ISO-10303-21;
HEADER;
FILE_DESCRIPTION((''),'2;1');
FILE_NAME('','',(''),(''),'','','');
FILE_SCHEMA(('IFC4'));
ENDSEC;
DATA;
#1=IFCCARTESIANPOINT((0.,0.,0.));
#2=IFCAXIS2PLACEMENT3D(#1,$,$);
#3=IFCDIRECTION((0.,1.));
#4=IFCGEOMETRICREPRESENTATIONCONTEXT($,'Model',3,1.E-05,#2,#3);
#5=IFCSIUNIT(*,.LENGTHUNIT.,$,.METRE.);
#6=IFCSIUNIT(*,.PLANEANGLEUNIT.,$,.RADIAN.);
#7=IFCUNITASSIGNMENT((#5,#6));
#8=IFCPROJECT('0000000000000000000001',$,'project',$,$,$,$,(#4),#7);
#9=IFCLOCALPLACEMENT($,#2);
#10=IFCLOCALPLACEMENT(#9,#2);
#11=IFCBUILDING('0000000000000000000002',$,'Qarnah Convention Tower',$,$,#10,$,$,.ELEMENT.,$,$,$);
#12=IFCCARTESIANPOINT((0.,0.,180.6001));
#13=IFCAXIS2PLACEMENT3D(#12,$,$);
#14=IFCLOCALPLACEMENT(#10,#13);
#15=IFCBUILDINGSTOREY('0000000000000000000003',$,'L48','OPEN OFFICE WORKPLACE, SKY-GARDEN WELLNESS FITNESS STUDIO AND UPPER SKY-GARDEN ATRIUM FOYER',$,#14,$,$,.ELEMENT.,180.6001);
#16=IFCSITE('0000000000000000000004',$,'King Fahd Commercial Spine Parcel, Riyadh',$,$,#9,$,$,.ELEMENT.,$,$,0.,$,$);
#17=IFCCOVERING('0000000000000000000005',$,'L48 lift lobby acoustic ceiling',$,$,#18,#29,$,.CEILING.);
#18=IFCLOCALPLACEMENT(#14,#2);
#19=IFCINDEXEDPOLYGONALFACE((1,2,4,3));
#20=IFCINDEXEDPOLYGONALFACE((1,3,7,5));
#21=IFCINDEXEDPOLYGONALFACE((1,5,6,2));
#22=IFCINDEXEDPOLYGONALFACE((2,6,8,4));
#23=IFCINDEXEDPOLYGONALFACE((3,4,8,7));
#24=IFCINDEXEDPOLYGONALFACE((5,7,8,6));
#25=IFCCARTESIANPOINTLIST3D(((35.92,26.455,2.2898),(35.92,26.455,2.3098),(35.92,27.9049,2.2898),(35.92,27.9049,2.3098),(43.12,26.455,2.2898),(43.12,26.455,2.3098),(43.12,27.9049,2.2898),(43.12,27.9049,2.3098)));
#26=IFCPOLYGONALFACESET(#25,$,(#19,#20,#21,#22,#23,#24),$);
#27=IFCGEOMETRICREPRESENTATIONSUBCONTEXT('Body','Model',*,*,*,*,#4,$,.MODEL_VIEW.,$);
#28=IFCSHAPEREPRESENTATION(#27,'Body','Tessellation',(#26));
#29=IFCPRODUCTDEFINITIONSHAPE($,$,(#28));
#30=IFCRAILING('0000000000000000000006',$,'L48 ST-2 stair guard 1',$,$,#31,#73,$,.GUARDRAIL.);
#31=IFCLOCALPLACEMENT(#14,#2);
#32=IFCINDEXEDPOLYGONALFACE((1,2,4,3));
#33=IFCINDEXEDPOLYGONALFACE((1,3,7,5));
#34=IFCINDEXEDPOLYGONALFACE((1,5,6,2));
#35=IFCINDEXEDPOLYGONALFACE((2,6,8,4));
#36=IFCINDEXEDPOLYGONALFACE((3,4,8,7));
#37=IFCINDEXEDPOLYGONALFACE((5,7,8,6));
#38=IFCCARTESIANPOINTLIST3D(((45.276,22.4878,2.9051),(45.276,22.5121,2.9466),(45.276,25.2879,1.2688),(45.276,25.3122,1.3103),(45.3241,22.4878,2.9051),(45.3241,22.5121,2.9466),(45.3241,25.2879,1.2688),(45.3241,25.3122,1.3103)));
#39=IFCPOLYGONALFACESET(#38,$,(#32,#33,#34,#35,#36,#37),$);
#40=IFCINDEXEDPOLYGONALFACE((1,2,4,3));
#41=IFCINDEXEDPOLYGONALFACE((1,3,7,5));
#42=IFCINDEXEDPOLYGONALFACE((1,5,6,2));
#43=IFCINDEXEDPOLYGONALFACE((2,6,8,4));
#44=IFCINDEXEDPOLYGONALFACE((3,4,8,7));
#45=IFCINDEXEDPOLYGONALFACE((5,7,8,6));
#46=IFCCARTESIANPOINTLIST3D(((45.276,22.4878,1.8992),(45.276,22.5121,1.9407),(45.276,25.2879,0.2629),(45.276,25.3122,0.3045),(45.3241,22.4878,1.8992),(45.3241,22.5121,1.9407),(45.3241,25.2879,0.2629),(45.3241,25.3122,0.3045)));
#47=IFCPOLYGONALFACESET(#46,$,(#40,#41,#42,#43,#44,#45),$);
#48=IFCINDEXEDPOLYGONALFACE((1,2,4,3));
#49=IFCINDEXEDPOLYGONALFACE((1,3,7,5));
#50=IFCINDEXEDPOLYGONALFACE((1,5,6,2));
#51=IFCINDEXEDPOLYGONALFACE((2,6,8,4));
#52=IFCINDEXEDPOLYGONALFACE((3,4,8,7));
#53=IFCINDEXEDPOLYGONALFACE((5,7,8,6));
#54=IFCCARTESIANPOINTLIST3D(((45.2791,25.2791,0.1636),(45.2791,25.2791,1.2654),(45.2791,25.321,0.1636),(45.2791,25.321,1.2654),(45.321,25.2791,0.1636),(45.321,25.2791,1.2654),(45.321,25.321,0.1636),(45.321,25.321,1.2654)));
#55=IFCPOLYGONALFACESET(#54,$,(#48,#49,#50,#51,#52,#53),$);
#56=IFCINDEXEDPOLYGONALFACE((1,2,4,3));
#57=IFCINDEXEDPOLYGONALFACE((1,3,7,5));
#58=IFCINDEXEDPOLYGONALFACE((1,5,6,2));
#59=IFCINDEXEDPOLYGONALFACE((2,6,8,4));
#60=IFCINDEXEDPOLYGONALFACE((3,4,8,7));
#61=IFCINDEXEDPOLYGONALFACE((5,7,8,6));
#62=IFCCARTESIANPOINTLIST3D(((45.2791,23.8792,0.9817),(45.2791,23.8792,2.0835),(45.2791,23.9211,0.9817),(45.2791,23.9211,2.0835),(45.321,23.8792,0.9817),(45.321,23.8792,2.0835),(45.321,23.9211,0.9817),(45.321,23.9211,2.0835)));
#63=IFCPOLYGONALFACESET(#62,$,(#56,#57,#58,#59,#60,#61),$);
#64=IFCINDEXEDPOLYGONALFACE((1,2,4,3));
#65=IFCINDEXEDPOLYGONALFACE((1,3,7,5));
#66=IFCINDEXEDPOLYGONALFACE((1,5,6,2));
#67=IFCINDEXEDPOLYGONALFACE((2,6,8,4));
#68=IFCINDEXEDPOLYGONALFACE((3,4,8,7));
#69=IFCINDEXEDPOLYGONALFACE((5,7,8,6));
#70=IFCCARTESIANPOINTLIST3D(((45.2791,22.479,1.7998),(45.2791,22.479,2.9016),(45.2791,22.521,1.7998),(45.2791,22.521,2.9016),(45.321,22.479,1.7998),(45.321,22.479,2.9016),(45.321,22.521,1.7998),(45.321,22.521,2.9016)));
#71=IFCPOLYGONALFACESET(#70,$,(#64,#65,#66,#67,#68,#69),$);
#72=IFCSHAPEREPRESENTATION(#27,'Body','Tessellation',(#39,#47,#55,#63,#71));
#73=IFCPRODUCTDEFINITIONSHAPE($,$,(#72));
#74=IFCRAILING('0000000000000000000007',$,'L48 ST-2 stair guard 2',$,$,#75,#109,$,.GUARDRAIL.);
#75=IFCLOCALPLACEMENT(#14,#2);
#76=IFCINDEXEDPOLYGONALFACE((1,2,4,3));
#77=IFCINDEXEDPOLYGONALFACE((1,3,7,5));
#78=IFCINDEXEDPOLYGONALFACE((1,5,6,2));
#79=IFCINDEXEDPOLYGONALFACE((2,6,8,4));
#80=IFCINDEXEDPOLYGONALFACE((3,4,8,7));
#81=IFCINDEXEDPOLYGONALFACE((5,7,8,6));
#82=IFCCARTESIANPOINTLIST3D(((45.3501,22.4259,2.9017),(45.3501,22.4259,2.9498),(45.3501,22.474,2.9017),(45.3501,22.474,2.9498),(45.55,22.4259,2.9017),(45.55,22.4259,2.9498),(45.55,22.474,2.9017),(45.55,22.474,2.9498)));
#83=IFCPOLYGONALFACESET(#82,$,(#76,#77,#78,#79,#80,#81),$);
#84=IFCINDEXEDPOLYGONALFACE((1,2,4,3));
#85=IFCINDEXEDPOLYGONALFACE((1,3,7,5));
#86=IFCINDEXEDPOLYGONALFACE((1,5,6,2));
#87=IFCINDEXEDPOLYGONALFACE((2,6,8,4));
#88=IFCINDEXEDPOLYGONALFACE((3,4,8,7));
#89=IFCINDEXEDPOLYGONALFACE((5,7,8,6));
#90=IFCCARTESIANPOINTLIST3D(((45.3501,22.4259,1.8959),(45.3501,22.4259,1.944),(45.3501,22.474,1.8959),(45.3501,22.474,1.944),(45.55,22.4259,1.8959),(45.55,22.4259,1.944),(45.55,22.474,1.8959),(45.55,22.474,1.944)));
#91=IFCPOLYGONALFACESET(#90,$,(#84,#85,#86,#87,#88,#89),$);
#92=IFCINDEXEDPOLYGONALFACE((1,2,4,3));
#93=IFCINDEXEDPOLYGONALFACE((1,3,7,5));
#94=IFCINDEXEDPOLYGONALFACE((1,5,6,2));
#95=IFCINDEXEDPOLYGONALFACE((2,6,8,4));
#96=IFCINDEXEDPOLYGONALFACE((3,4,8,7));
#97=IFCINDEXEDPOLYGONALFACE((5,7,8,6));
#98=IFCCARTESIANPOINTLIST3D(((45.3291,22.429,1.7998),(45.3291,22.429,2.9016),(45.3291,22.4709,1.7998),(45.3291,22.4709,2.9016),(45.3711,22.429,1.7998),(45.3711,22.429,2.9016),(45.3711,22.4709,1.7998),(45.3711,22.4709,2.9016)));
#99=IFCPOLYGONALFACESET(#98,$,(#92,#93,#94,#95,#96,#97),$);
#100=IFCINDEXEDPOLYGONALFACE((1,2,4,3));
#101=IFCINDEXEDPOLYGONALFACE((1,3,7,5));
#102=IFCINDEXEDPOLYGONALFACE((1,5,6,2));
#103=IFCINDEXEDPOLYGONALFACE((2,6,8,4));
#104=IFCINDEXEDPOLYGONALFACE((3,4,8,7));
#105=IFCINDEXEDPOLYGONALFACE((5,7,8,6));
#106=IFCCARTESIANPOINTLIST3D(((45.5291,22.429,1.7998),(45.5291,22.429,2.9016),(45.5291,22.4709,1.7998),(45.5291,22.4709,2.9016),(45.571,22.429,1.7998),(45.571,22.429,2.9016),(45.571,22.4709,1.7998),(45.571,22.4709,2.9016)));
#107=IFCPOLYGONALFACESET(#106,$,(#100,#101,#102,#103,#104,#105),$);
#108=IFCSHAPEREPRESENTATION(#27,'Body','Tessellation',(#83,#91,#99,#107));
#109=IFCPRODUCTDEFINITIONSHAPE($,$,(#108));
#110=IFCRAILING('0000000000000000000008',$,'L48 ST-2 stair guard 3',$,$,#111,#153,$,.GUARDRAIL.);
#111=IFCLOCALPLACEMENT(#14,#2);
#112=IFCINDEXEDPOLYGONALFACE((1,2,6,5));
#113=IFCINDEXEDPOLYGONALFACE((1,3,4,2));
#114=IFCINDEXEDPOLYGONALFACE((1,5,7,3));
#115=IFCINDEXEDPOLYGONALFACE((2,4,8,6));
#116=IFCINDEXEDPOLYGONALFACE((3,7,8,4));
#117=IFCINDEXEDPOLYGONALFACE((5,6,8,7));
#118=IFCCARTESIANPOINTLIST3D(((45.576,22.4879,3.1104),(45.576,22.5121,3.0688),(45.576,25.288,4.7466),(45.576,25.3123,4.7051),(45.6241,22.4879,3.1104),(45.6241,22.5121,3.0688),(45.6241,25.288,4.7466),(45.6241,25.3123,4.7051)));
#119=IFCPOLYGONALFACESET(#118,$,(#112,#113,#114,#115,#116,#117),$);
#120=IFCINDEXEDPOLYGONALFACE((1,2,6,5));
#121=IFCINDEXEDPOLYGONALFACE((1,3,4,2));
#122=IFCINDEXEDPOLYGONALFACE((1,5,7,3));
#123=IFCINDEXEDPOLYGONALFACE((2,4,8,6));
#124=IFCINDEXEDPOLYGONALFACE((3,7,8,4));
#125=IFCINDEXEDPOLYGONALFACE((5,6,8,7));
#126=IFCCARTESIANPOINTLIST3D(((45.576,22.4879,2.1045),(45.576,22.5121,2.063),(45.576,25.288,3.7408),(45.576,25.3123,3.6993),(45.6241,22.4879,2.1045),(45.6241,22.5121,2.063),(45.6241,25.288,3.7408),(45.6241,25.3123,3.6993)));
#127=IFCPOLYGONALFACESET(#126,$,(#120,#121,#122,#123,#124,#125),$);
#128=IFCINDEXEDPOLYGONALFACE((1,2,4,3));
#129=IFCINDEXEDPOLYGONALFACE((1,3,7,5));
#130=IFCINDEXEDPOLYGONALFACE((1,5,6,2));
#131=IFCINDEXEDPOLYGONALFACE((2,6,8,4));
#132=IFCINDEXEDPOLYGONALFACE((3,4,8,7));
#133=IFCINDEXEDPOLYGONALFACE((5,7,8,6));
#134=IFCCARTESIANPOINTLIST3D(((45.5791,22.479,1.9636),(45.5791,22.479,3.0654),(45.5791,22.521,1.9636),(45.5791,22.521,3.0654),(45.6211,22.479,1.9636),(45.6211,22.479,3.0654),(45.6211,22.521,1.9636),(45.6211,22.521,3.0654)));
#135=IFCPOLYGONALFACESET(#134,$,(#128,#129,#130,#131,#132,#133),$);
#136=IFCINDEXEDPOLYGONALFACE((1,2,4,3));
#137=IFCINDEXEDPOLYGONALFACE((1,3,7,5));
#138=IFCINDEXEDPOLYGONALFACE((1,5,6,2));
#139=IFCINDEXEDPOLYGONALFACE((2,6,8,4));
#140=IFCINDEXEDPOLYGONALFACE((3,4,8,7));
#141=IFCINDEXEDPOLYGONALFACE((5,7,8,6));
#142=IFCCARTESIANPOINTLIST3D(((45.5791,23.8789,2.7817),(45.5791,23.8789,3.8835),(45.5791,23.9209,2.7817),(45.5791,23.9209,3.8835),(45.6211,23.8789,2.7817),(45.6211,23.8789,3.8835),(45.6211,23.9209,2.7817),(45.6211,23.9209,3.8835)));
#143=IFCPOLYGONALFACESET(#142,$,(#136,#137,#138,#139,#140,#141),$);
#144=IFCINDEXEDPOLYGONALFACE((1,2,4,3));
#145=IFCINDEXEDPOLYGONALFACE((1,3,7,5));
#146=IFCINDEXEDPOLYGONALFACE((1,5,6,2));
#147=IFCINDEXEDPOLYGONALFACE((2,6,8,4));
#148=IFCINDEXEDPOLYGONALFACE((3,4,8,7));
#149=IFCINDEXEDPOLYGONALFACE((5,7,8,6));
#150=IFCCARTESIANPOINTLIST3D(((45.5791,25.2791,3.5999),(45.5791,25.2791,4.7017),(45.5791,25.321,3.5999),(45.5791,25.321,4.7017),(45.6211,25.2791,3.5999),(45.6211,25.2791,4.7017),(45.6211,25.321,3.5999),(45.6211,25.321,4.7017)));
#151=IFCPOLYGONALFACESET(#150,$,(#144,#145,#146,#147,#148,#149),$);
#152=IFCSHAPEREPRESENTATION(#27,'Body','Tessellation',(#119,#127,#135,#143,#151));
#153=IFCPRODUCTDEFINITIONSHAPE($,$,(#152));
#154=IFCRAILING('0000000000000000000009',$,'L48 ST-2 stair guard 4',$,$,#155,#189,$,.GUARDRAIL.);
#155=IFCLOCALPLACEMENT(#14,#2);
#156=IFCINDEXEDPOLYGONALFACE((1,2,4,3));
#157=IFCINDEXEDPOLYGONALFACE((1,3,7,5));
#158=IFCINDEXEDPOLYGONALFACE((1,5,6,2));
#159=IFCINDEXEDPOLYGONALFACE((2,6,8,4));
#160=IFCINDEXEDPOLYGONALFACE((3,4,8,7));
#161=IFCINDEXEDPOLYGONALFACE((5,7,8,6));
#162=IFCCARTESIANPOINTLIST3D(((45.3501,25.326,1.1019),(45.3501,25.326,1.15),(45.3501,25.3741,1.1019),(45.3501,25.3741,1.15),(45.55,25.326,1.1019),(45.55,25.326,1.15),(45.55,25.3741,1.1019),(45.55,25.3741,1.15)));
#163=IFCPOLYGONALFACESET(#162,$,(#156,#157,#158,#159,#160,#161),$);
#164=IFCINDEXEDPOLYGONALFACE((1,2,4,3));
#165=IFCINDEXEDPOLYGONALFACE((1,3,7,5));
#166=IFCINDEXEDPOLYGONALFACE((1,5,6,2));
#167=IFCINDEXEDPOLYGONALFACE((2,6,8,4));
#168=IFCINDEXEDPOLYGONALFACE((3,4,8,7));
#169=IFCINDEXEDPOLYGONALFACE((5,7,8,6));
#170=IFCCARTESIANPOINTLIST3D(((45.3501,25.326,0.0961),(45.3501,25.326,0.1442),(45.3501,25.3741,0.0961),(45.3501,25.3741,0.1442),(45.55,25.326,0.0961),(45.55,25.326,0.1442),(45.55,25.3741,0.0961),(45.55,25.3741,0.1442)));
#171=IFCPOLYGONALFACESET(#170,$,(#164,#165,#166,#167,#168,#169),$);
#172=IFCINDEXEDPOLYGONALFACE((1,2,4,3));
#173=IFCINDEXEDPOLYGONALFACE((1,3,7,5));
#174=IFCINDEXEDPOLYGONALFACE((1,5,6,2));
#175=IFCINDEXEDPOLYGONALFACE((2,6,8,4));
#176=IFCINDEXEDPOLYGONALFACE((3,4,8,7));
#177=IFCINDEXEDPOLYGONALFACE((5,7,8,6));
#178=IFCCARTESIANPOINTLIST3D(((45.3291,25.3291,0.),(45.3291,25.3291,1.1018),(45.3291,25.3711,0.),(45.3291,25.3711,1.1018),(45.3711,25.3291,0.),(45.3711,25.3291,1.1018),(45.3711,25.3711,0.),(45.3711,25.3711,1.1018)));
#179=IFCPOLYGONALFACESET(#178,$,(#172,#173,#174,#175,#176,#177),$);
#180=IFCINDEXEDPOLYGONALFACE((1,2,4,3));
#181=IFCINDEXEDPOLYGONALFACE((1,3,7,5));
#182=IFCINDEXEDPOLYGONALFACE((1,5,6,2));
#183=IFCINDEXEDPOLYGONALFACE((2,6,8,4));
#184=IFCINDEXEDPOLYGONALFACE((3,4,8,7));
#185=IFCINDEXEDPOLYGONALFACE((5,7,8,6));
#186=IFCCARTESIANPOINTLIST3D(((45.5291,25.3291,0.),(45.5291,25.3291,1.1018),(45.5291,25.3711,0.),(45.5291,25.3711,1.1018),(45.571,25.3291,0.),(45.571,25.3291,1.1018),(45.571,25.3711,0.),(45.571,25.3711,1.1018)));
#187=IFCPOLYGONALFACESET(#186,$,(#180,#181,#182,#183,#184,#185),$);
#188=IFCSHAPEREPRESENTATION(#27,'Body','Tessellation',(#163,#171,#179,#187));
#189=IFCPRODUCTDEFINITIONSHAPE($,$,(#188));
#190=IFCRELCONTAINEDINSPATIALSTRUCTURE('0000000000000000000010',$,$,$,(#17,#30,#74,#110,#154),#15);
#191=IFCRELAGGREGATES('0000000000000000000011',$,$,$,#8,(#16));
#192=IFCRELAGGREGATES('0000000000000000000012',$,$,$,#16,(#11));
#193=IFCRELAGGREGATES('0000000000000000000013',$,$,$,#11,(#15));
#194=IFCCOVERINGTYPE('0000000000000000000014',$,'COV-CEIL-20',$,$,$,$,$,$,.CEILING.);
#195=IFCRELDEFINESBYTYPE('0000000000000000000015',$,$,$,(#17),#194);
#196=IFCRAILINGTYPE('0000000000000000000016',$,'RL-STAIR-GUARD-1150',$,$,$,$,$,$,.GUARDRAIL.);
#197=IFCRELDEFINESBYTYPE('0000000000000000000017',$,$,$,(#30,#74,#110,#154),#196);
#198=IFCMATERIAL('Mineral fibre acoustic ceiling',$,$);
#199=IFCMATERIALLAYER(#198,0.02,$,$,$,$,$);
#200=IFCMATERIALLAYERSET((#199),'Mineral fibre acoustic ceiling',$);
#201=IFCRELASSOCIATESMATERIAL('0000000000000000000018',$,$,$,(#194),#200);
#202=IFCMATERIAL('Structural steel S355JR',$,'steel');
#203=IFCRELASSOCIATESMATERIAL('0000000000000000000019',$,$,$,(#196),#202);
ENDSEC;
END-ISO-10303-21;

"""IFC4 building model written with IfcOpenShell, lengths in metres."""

from ifc_helpers import new_model, si_unit, direction, frame, origin, origin_2d, place, context, subcontext, project, spatial, rectangle, extrude, material, layer, layer_set, type_object, element, save


model = new_model("IFC4")

# Units and contexts
model_context = context("Model", 3, precision=1e-05, world=origin(), true_north=direction((0.0, 1.0)))
body_context = subcontext(model_context, "Body", "Model", "MODEL_VIEW")
ifc_project = project(units=[si_unit("LENGTHUNIT", "METRE"), si_unit("PLANEANGLEUNIT", "RADIAN")], contexts=[model_context])

# Site, building, storey
site_placement = place(None, origin())
site = spatial("IfcSite", under=ifc_project, at=site_placement, Name="King Fahd Commercial Spine Parcel, Riyadh", CompositionType="ELEMENT", RefElevation=0.0)
building_placement = place(site_placement, origin())
building = spatial("IfcBuilding", under=site, at=building_placement, Name="Qarnah Convention Tower", CompositionType="ELEMENT")
storey_placement = place(building_placement, frame((0.0, 0.0, 180.6001)))
storey = spatial("IfcBuildingStorey", under=building, at=storey_placement, Name="L48", Description="OPEN OFFICE WORKPLACE, SKY-GARDEN WELLNESS FITNESS STUDIO AND UPPER SKY-GARDEN ATRIUM FOYER", CompositionType="ELEMENT", Elevation=180.6001)

# Shared definitions
ifc_material_1 = material(Name="Structural steel S355JR", Category="steel")

# Covering
ifc_material_2 = material(Name="Mineral fibre acoustic ceiling")
ifc_layer_1 = layer(ifc_material_2, 0.02)
ifc_layer_set_1 = layer_set([ifc_layer_1], Name="Mineral fibre acoustic ceiling")
covering_type = type_object("IfcCoveringType", Name="COV-CEIL-20", PredefinedType="CEILING", material=ifc_layer_set_1)
covering_placement = place(storey_placement, frame((39.52, 27.1799, 2.2898), z_axis=(0.0, 0.0, 1.0), x_axis=(1.0, 0.0, 0.0)))
element("IfcCovering", 1, at=covering_placement, inside=storey, type_object=covering_type, Name="L48 lift lobby acoustic ceiling", PredefinedType="CEILING", context=body_context, shape_type="SweptSolid", body=[
    extrude(rectangle(XDim=7.2, YDim=1.45, at=origin_2d()), origin(), (0.0, 0.0, 1.0), 0.02),
])

# Railings
railing_type_1 = type_object("IfcRailingType", Name="RL-STAIR-GUARD-1150", PredefinedType="GUARDRAIL", material=ifc_material_1)
railing_1_placement = place(storey_placement, frame((45.3, 25.3, 0.1636)))
element("IfcRailing", 2, at=railing_1_placement, inside=storey, type_object=railing_type_1, Name="L48 ST-2 stair guard 1", PredefinedType="GUARDRAIL", context=body_context, shape_type="SweptSolid", body=[
    extrude(rectangle(XDim=0.0481, YDim=0.0481, at=origin_2d()), frame((0.0, 0.0, 1.126), z_axis=(0.0, -0.863394, 0.504531), x_axis=(1.0, 0.0, 0.0)), (0.0, 0.0, 1.0), 3.2432),
    extrude(rectangle(XDim=0.0481, YDim=0.0481, at=origin_2d()), frame((0.0, 0.0, 0.1201), z_axis=(0.0, -0.863394, 0.504531), x_axis=(1.0, 0.0, 0.0)), (0.0, 0.0, 1.0), 3.2432),
    extrude(rectangle(XDim=0.042, YDim=0.042, at=origin_2d()), origin(), (0.0, 0.0, 1.0), 1.1018),
    extrude(rectangle(XDim=0.042, YDim=0.042, at=origin_2d()), frame((0.0, -1.3999, 0.8181)), (0.0, 0.0, 1.0), 1.1018),
    extrude(rectangle(XDim=0.042, YDim=0.042, at=origin_2d()), frame((0.0, -2.8, 1.6362)), (0.0, 0.0, 1.0), 1.1018),
])
railing_2_placement = place(storey_placement, frame((45.3501, 22.45, 1.7998)))
element("IfcRailing", 3, at=railing_2_placement, inside=storey, type_object=railing_type_1, Name="L48 ST-2 stair guard 2", PredefinedType="GUARDRAIL", context=body_context, shape_type="SweptSolid", body=[
    extrude(rectangle(XDim=0.0481, YDim=0.0481, at=origin_2d()), frame((0.0, 0.0, 1.126), z_axis=(1.0, 0.0, 0.0), x_axis=(0.0, 1.0, 0.0)), (0.0, 0.0, 1.0), 0.2),
    extrude(rectangle(XDim=0.0481, YDim=0.0481, at=origin_2d()), frame((0.0, 0.0, 0.1201), z_axis=(1.0, 0.0, 0.0), x_axis=(0.0, 1.0, 0.0)), (0.0, 0.0, 1.0), 0.2),
    extrude(rectangle(XDim=0.042, YDim=0.042, at=origin_2d()), origin(), (0.0, 0.0, 1.0), 1.1018),
    extrude(rectangle(XDim=0.042, YDim=0.042, at=origin_2d()), frame((0.2, 0.0, 0.0)), (0.0, 0.0, 1.0), 1.1018),
])
railing_3_placement = place(storey_placement, frame((45.6001, 22.5, 1.9636)))
element("IfcRailing", 4, at=railing_3_placement, inside=storey, type_object=railing_type_1, Name="L48 ST-2 stair guard 3", PredefinedType="GUARDRAIL", context=body_context, shape_type="SweptSolid", body=[
    extrude(rectangle(XDim=0.0481, YDim=0.0481, at=origin_2d()), frame((0.0, 0.0, 1.126), z_axis=(0.0, 0.863394, 0.504531), x_axis=(-1.0, 0.0, 0.0)), (0.0, 0.0, 1.0), 3.2432),
    extrude(rectangle(XDim=0.0481, YDim=0.0481, at=origin_2d()), frame((0.0, 0.0, 0.1201), z_axis=(0.0, 0.863394, 0.504531), x_axis=(-1.0, 0.0, 0.0)), (0.0, 0.0, 1.0), 3.2432),
    extrude(rectangle(XDim=0.042, YDim=0.042, at=origin_2d()), origin(), (0.0, 0.0, 1.0), 1.1018),
    extrude(rectangle(XDim=0.042, YDim=0.042, at=origin_2d()), frame((0.0, 1.3999, 0.8181)), (0.0, 0.0, 1.0), 1.1018),
    extrude(rectangle(XDim=0.042, YDim=0.042, at=origin_2d()), frame((0.0, 2.8, 1.6362)), (0.0, 0.0, 1.0), 1.1018),
])
railing_4_placement = place(storey_placement, frame((45.3501, 25.3501, 0.0)))
element("IfcRailing", 5, at=railing_4_placement, inside=storey, type_object=railing_type_1, Name="L48 ST-2 stair guard 4", PredefinedType="GUARDRAIL", context=body_context, shape_type="SweptSolid", body=[
    extrude(rectangle(XDim=0.0481, YDim=0.0481, at=origin_2d()), frame((0.0, 0.0, 1.126), z_axis=(1.0, 0.0, 0.0), x_axis=(0.0, 1.0, 0.0)), (0.0, 0.0, 1.0), 0.2),
    extrude(rectangle(XDim=0.0481, YDim=0.0481, at=origin_2d()), frame((0.0, 0.0, 0.1201), z_axis=(1.0, 0.0, 0.0), x_axis=(0.0, 1.0, 0.0)), (0.0, 0.0, 1.0), 0.2),
    extrude(rectangle(XDim=0.042, YDim=0.042, at=origin_2d()), origin(), (0.0, 0.0, 1.0), 1.1018),
    extrude(rectangle(XDim=0.042, YDim=0.042, at=origin_2d()), frame((0.2, 0.0, 0.0)), (0.0, 0.0, 1.0), 1.1018),
])

save(model, "model.ifc")
